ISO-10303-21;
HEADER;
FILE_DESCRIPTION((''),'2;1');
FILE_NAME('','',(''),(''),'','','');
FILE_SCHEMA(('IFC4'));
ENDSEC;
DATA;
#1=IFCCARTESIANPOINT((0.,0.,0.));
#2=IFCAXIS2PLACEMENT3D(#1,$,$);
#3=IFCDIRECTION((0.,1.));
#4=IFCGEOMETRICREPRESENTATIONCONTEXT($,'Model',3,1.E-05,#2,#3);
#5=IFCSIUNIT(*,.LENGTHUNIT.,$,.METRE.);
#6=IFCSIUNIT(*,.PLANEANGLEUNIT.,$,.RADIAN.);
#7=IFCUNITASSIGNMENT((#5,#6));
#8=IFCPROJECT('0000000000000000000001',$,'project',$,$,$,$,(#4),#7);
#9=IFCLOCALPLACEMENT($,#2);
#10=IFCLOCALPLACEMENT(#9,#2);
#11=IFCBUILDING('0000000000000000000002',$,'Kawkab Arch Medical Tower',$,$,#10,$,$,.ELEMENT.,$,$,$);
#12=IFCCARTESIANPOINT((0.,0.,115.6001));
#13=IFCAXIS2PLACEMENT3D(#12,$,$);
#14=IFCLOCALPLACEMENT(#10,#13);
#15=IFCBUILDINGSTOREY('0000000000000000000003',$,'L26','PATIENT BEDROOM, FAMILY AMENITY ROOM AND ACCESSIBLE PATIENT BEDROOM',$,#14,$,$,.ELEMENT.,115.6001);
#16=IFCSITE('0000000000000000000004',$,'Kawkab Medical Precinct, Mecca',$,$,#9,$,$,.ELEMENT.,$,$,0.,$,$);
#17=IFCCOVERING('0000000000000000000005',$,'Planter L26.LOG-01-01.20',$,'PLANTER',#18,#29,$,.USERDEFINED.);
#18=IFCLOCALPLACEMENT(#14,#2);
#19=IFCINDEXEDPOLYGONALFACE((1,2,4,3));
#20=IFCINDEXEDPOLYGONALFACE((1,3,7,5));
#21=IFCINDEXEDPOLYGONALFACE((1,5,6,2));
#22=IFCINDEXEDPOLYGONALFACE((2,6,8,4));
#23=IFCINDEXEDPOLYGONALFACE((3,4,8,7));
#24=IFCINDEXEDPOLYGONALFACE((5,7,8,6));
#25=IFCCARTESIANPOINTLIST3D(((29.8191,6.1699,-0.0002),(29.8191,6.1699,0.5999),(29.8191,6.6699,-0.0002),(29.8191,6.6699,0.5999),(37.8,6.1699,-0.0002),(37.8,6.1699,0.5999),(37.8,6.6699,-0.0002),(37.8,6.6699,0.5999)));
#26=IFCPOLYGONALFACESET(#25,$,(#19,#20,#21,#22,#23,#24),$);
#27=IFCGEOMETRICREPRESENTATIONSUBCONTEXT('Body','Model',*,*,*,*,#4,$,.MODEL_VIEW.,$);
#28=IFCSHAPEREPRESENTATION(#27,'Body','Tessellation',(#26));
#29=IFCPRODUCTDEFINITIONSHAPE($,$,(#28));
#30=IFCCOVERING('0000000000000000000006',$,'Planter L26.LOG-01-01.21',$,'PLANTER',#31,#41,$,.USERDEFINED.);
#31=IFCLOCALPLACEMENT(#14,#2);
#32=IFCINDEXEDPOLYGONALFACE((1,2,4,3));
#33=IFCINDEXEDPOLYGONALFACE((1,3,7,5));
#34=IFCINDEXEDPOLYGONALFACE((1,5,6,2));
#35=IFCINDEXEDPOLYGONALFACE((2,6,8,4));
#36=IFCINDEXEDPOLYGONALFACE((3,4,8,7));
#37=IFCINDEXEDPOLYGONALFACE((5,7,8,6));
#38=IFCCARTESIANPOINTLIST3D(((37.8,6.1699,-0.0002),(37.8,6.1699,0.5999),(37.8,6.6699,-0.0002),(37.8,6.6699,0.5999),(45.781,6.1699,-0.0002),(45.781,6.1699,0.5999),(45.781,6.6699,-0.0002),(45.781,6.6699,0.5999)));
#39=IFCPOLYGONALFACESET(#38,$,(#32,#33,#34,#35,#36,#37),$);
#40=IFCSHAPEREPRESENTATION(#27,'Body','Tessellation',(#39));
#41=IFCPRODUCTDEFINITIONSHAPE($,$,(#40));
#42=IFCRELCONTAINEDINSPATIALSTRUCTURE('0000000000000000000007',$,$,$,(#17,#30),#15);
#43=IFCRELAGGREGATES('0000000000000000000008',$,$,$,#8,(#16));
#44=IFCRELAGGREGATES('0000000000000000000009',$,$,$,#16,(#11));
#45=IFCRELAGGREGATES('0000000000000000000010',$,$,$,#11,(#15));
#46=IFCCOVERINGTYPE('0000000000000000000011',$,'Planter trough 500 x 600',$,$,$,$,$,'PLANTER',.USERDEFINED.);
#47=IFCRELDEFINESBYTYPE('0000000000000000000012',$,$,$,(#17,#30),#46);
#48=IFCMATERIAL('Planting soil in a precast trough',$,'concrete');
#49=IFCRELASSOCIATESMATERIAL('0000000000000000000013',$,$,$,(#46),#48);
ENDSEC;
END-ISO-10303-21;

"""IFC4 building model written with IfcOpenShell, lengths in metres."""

from ifc_helpers import new_model, si_unit, direction, frame, origin, origin_2d, place, context, subcontext, project, spatial, rectangle, extrude, material, material_profile, profile_set, type_object, element, save


model = new_model("IFC4")

# Units and contexts
model_context = context("Model", 3, precision=1e-05, world=origin(), true_north=direction((0.0, 1.0)))
body_context = subcontext(model_context, "Body", "Model", "MODEL_VIEW")
ifc_project = project(units=[si_unit("LENGTHUNIT", "METRE"), si_unit("PLANEANGLEUNIT", "RADIAN")], contexts=[model_context])

# Site, building, storey
site_placement = place(None, origin())
site = spatial("IfcSite", under=ifc_project, at=site_placement, Name="Kawkab Medical Precinct, Mecca", CompositionType="ELEMENT", RefElevation=0.0)
building_placement = place(site_placement, origin())
building = spatial("IfcBuilding", under=site, at=building_placement, Name="Kawkab Arch Medical Tower", CompositionType="ELEMENT")
storey_placement = place(building_placement, frame((0.0, 0.0, 115.6001)))
storey = spatial("IfcBuildingStorey", under=building, at=storey_placement, Name="L26", Description="PATIENT BEDROOM, FAMILY AMENITY ROOM AND ACCESSIBLE PATIENT BEDROOM", CompositionType="ELEMENT", Elevation=115.6001)

# Coverings
ifc_material_1 = material(Name="Planting soil in a precast trough", Category="concrete")
ifc_material_profile_1 = material_profile(ifc_material_1, rectangle(XDim=0.5, YDim=0.6001, at=origin_2d()), Name="Trough 500x600")
ifc_profile_set_1 = profile_set([ifc_material_profile_1], Name="Planting soil in a precast trough")
covering_type_1 = type_object("IfcCoveringType", Name="Planter trough 500 x 600", ElementType="PLANTER", PredefinedType="USERDEFINED", material=ifc_profile_set_1)
for number, where, z_axis, x_axis, name in (
    (1, (29.8191, 6.4199, 0.2998), (1.0, 0.0, 0.0), (0.0, 1.0, 0.0), "Planter L26.LOG-01-01.20"),
    (2, (37.8, 6.4199, 0.2998), (1.0, 0.0, 0.0), (0.0, 1.0, 0.0), "Planter L26.LOG-01-01.21"),
):
    element("IfcCovering", number, at=place(storey_placement, frame(where, z_axis=z_axis, x_axis=x_axis)), inside=storey, type_object=covering_type_1, Name=name, ObjectType="PLANTER", PredefinedType="USERDEFINED", context=body_context, shape_type="SweptSolid", body=[
        extrude(rectangle(XDim=0.5, YDim=0.6001, at=origin_2d()), origin(), (0.0, 0.0, 1.0), 7.981),
    ])

save(model, "model.ifc")
